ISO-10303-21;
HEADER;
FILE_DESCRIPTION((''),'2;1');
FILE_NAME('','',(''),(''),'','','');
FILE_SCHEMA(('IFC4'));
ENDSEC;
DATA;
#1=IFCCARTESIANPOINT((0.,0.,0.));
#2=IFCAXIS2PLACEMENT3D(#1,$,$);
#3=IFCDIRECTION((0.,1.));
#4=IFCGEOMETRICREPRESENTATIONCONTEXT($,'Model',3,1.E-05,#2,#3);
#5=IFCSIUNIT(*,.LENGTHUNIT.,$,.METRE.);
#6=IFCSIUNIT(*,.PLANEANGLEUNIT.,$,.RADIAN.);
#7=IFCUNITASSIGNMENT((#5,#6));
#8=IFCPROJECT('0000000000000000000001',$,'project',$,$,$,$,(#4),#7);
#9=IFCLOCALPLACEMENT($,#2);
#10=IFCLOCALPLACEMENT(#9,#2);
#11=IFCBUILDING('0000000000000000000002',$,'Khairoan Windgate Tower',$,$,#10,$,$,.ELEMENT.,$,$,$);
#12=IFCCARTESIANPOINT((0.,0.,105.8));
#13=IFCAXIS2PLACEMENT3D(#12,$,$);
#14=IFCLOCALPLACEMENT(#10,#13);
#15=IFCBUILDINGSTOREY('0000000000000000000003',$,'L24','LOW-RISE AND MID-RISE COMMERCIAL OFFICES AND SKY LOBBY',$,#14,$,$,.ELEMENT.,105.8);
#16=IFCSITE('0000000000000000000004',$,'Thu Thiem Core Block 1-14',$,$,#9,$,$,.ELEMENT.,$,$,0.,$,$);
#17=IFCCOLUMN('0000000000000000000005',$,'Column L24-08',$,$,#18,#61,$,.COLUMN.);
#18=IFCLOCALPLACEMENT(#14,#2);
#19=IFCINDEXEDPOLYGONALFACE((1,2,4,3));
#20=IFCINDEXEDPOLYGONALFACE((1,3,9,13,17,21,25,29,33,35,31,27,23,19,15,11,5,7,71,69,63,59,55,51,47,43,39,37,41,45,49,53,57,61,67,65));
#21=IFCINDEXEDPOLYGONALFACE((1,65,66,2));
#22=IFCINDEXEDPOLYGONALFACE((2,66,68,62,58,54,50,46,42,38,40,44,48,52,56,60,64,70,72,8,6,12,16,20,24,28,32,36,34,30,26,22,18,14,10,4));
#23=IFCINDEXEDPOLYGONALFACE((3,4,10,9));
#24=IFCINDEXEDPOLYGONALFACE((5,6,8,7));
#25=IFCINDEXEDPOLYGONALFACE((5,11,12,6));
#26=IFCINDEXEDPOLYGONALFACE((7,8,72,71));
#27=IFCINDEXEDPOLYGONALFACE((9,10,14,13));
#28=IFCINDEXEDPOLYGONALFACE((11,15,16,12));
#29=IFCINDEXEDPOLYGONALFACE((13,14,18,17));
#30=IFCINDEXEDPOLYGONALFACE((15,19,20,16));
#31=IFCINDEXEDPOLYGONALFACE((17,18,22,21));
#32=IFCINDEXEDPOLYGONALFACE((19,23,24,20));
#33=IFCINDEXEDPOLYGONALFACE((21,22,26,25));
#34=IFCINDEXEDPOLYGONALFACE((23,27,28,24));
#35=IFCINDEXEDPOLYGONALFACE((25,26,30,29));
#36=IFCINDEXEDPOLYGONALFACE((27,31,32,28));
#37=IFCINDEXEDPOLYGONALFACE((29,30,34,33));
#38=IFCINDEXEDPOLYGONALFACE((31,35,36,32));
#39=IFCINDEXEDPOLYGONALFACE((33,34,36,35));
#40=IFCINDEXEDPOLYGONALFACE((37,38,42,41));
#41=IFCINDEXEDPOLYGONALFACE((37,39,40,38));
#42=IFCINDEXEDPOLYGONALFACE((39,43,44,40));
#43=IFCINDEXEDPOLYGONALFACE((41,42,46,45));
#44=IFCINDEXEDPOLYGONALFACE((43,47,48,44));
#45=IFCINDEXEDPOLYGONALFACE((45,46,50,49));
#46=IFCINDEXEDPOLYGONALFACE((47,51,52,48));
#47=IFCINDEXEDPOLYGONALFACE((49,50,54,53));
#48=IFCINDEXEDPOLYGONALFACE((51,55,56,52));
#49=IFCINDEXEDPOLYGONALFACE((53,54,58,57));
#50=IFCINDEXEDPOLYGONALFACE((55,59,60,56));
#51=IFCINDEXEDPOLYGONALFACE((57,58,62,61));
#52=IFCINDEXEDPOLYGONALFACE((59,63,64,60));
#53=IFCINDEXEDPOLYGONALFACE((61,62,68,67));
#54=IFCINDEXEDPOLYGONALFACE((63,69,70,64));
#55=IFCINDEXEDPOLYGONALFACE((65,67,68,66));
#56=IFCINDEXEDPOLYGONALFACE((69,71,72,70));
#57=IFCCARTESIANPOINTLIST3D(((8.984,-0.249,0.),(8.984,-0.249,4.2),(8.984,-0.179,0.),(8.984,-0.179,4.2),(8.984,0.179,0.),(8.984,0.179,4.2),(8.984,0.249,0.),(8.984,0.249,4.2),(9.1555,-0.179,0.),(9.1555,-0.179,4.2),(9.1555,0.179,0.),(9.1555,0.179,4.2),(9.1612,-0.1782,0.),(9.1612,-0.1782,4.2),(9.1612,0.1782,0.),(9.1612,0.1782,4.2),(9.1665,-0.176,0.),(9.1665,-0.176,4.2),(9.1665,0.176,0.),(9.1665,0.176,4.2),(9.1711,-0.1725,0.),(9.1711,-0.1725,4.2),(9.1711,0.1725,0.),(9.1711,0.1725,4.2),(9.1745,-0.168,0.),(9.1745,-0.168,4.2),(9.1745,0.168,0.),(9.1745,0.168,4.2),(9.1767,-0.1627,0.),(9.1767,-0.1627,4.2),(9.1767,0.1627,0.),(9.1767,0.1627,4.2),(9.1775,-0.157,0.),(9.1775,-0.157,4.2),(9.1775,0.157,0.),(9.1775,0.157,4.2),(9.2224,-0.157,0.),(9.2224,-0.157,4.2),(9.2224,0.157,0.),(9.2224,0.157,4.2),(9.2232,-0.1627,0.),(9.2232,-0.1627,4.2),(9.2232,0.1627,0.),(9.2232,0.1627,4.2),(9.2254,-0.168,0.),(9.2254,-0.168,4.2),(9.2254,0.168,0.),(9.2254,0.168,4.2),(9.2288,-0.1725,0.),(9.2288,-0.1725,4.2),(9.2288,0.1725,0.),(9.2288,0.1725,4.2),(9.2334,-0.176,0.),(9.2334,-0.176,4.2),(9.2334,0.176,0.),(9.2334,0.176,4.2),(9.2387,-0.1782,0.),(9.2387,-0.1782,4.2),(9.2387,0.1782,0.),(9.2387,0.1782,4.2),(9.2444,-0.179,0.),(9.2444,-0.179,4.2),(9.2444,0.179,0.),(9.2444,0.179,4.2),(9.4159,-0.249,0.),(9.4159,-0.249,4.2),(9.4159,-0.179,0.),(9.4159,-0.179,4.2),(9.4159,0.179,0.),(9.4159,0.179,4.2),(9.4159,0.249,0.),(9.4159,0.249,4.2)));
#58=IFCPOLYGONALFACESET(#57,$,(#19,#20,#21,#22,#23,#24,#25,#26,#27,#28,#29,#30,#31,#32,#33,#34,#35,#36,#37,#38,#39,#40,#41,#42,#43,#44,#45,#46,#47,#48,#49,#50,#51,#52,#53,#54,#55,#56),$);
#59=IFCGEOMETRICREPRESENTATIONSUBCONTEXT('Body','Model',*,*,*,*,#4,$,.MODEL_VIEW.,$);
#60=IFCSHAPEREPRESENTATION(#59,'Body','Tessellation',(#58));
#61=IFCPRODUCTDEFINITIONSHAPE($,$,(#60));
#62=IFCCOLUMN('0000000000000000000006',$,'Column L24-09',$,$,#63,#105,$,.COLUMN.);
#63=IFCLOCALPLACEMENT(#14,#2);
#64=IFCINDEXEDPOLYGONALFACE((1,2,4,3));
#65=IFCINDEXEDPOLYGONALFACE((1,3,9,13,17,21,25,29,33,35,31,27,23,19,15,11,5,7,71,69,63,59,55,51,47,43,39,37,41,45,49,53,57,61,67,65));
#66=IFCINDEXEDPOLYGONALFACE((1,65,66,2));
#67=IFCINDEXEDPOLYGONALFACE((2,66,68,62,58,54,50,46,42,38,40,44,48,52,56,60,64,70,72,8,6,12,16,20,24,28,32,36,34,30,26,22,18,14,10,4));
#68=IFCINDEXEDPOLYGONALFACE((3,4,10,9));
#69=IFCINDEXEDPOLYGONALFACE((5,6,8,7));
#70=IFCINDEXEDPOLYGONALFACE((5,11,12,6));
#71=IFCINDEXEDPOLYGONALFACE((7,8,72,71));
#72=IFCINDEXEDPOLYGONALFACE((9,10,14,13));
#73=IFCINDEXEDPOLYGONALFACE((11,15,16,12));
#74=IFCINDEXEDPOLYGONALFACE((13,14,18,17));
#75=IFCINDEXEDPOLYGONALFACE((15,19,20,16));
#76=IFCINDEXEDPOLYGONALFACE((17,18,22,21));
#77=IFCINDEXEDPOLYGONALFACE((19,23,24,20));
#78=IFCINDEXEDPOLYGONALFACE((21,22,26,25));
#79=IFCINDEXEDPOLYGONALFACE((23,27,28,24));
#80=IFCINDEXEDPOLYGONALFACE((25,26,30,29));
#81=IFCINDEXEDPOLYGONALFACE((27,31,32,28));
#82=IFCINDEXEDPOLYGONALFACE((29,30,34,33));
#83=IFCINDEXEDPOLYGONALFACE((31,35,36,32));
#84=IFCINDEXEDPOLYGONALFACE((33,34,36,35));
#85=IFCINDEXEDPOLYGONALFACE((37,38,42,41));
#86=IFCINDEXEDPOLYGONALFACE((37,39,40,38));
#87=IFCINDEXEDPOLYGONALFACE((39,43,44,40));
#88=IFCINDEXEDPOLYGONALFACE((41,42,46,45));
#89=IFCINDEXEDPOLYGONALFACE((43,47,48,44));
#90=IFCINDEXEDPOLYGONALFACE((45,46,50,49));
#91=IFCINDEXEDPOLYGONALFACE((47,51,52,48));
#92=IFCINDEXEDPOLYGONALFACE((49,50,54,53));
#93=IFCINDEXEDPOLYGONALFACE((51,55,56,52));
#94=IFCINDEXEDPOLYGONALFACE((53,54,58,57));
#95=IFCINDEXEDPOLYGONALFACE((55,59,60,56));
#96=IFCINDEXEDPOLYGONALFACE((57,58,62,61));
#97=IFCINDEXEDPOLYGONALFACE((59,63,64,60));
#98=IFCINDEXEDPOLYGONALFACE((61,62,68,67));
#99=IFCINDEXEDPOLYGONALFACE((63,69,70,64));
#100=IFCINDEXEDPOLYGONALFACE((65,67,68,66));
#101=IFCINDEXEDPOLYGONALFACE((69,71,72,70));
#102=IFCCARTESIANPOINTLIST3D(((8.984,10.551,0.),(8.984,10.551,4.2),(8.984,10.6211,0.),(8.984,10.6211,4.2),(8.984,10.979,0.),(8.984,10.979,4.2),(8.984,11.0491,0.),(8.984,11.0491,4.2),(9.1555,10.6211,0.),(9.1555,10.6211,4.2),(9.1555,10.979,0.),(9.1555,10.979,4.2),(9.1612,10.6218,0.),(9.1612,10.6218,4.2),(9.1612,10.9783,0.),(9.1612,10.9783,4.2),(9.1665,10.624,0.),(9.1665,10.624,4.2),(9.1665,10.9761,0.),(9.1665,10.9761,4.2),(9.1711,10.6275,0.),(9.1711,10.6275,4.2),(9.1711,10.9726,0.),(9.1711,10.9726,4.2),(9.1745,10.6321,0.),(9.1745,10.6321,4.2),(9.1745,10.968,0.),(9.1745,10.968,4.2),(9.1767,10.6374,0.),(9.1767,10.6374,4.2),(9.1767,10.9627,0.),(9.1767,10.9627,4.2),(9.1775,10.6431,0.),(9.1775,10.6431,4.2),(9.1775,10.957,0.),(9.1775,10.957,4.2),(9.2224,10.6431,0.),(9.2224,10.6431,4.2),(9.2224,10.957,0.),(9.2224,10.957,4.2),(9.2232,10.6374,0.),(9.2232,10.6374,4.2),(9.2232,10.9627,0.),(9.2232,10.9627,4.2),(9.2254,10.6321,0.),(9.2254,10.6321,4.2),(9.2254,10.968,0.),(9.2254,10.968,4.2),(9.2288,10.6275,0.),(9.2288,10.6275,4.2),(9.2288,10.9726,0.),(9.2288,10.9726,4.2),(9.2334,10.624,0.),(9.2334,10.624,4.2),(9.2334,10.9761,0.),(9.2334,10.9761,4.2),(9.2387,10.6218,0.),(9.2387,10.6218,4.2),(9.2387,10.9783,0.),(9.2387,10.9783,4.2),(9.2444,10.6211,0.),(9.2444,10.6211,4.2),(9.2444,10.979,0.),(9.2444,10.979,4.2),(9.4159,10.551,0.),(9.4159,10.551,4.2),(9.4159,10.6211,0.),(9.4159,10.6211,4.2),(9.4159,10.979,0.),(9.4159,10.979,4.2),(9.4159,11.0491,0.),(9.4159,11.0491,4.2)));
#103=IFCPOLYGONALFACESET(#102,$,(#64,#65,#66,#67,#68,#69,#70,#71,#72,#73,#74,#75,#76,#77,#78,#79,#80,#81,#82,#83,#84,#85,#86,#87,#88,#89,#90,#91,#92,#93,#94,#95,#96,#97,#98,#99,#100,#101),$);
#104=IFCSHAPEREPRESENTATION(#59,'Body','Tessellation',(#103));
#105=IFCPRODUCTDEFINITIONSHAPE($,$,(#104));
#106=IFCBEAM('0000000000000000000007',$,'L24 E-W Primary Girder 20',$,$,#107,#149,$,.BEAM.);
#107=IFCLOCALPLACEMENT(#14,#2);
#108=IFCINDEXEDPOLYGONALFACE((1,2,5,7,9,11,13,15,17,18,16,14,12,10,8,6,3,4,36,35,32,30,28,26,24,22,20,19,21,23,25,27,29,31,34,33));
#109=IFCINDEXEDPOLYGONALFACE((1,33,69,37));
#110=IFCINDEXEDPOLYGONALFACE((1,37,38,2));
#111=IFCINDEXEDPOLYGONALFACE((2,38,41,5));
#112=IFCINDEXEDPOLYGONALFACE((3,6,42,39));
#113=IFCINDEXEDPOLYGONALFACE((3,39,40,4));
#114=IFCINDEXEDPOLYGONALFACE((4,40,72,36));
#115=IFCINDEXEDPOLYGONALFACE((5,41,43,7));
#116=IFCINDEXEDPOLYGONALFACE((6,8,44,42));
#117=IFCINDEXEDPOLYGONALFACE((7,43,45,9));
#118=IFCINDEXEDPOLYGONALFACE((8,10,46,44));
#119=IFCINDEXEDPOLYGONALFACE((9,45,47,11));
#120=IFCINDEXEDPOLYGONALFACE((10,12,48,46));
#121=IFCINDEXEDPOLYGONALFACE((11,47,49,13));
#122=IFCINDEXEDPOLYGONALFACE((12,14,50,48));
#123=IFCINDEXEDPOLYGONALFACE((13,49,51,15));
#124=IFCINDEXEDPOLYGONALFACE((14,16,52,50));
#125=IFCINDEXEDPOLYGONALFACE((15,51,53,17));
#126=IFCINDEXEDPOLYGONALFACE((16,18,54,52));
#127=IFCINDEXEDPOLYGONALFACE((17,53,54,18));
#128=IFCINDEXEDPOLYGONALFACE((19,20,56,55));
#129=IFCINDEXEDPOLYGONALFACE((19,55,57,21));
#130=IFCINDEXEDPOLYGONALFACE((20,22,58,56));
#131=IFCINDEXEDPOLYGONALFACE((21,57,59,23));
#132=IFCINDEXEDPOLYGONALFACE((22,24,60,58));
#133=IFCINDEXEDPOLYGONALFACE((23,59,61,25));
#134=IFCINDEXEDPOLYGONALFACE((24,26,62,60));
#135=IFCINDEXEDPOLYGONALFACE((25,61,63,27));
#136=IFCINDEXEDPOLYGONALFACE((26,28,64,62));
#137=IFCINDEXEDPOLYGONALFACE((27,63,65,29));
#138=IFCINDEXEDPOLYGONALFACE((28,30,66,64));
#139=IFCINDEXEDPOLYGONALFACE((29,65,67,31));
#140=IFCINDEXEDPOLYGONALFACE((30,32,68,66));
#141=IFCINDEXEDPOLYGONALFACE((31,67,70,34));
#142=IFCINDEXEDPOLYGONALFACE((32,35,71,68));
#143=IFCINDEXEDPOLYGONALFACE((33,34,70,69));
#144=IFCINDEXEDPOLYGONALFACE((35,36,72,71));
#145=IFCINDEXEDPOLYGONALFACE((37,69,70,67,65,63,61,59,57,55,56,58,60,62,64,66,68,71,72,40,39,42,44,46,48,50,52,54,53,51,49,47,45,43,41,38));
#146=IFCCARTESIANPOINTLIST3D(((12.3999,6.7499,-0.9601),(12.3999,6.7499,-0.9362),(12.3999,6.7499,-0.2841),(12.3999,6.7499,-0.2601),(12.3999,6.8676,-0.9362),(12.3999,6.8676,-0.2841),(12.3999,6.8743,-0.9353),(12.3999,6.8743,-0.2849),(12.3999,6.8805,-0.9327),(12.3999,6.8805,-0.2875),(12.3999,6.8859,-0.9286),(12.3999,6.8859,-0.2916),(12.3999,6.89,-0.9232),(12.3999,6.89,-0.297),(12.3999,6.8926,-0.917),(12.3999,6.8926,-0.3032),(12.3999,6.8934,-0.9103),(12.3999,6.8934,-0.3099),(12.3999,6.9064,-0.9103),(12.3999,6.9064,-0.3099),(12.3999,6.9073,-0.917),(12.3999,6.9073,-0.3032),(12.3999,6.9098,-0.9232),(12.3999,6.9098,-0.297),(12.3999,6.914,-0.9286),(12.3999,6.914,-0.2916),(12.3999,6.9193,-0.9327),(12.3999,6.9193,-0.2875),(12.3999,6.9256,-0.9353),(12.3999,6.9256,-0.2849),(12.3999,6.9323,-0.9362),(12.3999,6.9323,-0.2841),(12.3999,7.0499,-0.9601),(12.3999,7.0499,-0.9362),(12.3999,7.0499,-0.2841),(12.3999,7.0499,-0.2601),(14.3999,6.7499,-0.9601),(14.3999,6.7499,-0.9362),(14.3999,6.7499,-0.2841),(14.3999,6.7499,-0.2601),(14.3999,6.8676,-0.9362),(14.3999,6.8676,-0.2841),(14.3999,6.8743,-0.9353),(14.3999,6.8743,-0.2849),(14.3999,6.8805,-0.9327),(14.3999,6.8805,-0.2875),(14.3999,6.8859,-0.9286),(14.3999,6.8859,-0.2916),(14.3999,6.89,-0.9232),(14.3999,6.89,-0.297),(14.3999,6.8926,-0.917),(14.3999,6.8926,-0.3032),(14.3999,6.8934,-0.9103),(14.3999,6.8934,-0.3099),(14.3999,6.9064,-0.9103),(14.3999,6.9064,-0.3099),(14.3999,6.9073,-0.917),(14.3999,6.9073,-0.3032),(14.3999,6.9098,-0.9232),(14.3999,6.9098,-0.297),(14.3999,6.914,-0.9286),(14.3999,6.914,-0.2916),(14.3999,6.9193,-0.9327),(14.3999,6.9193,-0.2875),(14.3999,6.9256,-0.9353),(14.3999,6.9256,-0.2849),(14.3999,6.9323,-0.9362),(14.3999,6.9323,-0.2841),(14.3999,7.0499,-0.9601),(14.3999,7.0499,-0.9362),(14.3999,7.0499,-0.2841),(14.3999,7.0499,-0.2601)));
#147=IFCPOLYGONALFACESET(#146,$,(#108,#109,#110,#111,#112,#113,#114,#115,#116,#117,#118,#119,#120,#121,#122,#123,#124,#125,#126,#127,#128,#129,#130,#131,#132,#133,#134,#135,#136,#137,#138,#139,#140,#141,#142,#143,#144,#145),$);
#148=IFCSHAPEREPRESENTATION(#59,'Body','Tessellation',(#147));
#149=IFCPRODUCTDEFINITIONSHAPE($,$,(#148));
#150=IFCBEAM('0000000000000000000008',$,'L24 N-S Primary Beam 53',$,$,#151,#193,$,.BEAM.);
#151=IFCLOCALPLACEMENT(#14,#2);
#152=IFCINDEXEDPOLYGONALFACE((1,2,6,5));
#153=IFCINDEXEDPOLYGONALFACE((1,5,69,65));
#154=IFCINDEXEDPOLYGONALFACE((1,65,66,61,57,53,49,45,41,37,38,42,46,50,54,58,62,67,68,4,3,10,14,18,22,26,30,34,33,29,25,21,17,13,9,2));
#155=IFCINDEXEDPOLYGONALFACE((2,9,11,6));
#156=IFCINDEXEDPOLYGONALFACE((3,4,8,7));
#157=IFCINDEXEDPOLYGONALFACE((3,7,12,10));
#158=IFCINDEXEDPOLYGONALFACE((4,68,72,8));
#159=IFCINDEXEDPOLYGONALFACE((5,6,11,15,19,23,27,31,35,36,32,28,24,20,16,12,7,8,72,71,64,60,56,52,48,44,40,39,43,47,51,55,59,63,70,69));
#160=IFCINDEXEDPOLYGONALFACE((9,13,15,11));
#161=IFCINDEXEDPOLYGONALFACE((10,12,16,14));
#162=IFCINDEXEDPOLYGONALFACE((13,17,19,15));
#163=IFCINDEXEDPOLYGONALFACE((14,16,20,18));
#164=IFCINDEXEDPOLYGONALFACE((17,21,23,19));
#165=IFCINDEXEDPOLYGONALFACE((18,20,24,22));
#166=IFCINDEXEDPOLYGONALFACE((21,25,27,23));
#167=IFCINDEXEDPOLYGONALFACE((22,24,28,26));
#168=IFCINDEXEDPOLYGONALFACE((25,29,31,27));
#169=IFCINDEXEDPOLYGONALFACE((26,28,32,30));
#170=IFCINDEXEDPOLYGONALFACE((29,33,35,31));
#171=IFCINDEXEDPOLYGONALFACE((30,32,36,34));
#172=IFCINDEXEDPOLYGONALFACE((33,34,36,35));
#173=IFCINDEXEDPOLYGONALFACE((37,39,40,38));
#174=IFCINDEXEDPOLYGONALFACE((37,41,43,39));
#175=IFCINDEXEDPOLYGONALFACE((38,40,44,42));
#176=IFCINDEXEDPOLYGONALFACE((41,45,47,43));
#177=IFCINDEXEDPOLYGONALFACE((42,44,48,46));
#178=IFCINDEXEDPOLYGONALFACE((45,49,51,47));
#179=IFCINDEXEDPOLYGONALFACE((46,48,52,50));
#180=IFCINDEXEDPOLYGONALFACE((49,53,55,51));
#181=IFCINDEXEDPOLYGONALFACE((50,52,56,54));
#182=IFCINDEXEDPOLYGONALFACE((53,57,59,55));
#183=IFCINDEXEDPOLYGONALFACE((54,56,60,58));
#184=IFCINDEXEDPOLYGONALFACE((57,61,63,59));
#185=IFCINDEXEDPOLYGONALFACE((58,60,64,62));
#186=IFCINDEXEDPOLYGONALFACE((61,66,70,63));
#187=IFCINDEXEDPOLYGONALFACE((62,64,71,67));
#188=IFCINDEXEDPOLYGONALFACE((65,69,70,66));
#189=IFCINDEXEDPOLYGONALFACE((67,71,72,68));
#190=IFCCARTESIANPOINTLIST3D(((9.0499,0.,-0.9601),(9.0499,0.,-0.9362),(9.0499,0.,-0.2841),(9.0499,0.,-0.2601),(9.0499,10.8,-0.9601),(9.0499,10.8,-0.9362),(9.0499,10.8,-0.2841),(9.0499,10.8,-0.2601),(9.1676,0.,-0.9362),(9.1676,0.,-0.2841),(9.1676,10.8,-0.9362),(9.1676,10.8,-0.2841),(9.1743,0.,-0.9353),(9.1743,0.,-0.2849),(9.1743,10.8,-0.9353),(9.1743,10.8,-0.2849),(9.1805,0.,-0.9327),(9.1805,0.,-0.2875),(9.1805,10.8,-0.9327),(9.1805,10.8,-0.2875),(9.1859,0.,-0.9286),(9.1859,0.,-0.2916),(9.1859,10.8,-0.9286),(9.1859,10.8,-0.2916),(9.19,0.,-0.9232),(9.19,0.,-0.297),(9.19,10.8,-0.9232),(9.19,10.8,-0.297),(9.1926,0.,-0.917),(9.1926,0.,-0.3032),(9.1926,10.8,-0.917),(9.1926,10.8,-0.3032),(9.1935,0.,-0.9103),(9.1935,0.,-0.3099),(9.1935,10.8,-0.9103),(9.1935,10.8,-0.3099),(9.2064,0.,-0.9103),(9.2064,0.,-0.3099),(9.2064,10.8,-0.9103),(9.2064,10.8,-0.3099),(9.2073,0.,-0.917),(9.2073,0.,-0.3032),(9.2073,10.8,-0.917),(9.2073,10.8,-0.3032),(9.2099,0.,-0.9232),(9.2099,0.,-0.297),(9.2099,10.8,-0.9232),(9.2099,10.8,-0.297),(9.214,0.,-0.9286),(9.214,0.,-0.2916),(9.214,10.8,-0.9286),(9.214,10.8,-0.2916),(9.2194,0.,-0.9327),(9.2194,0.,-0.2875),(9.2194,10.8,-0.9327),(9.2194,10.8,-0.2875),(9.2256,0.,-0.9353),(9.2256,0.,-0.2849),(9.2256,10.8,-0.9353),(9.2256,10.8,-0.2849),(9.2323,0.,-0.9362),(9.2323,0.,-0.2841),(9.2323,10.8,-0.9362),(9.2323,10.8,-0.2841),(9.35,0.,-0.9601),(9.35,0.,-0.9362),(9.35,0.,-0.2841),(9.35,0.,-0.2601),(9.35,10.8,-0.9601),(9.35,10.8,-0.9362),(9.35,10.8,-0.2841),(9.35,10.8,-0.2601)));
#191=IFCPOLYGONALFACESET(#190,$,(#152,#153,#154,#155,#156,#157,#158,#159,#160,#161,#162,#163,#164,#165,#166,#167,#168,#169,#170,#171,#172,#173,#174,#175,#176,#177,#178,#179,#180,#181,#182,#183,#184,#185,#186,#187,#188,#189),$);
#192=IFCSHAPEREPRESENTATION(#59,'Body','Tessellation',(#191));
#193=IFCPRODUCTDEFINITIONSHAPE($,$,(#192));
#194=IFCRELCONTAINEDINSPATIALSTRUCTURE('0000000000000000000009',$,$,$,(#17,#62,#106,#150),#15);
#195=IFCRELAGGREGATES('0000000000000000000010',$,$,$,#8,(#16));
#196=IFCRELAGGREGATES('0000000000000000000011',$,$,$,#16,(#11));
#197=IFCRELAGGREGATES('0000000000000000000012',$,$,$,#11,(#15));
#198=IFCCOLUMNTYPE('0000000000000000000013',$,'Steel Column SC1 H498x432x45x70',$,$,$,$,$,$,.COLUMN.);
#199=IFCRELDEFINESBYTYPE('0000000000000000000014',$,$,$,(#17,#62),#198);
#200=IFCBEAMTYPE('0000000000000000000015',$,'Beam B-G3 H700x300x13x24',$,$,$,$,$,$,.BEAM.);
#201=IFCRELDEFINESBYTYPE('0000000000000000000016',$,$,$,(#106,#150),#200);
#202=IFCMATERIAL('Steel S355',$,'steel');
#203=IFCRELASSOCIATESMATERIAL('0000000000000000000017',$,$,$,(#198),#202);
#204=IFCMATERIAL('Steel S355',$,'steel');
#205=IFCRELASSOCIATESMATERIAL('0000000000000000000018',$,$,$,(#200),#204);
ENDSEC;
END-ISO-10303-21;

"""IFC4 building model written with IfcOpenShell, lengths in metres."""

from ifc_helpers import new_model, si_unit, direction, frame, origin, origin_2d, place, context, subcontext, project, spatial, i_section, extrude, material, material_profile, profile_set, type_object, element, save


model = new_model("IFC4")

# Units and contexts
model_context = context("Model", 3, precision=1e-05, world=origin(), true_north=direction((0.0, 1.0)))
body_context = subcontext(model_context, "Body", "Model", "MODEL_VIEW")
ifc_project = project(units=[si_unit("LENGTHUNIT", "METRE"), si_unit("PLANEANGLEUNIT", "RADIAN")], contexts=[model_context])

# Site, building, storey
site_placement = place(None, origin())
site = spatial("IfcSite", under=ifc_project, at=site_placement, Name="Thu Thiem Core Block 1-14", CompositionType="ELEMENT", RefElevation=0.0)
building_placement = place(site_placement, origin())
building = spatial("IfcBuilding", under=site, at=building_placement, Name="Khairoan Windgate Tower", CompositionType="ELEMENT")
storey_placement = place(building_placement, frame((0.0, 0.0, 105.8)))
storey = spatial("IfcBuildingStorey", under=building, at=storey_placement, Name="L24", Description="LOW-RISE AND MID-RISE COMMERCIAL OFFICES AND SKY LOBBY", CompositionType="ELEMENT", Elevation=105.8)

# Columns
ifc_material_1 = material(Name="Steel S355", Category="steel")
ifc_material_profile_1 = material_profile(ifc_material_1, i_section(OverallWidth=0.4319, OverallDepth=0.498, WebThickness=0.0449, FlangeThickness=0.0701, FilletRadius=0.022, at=origin_2d()))
ifc_profile_set_1 = profile_set([ifc_material_profile_1], Name="Steel S355")
column_type = type_object("IfcColumnType", Name="Steel Column SC1 H498x432x45x70", PredefinedType="COLUMN", material=ifc_profile_set_1)
for number, where, z_axis, x_axis, name in (
    (1, (9.2, 0.0, 0.0), (0.0, 0.0, 1.0), (1.0, 0.0, 0.0), "Column L24-08"),
    (2, (9.2, 10.8, 0.0), (0.0, 0.0, 1.0), (1.0, 0.0, 0.0), "Column L24-09"),
):
    element("IfcColumn", number, at=place(storey_placement, frame(where, z_axis=z_axis, x_axis=x_axis)), inside=storey, type_object=column_type, Name=name, PredefinedType="COLUMN", context=body_context, shape_type="SweptSolid", body=[
        extrude(i_section(OverallWidth=0.4319, OverallDepth=0.498, WebThickness=0.0449, FlangeThickness=0.0701, FilletRadius=0.022, at=origin_2d()), origin(), (0.0, 0.0, 1.0), 4.2),
    ])

# Beams
ifc_material_2 = material(Name="Steel S355", Category="steel")
ifc_material_profile_2 = material_profile(ifc_material_2, i_section(OverallWidth=0.3, OverallDepth=0.7, WebThickness=0.0129, FlangeThickness=0.0239, FilletRadius=0.0259, at=origin_2d()))
ifc_profile_set_2 = profile_set([ifc_material_profile_2], Name="Steel S355")
beam_type_1 = type_object("IfcBeamType", Name="Beam B-G3 H700x300x13x24", PredefinedType="BEAM", material=ifc_profile_set_2)
beam_1_placement = place(storey_placement, frame((12.3999, 6.8999, -0.6101), z_axis=(1.0, 0.0, 0.0), x_axis=(0.0, 1.0, 0.0)))
element("IfcBeam", 3, at=beam_1_placement, inside=storey, type_object=beam_type_1, Name="L24 E-W Primary Girder 20", PredefinedType="BEAM", context=body_context, shape_type="SweptSolid", body=[
    extrude(i_section(OverallWidth=0.3, OverallDepth=0.7, WebThickness=0.0129, FlangeThickness=0.0239, FilletRadius=0.0259, at=origin_2d()), origin(), (0.0, 0.0, 1.0), 2.0),
])
beam_2_placement = place(storey_placement, frame((9.2, 0.0, -0.6101), z_axis=(0.0, 1.0, 0.0), x_axis=(-1.0, 0.0, 0.0)))
element("IfcBeam", 4, at=beam_2_placement, inside=storey, type_object=beam_type_1, Name="L24 N-S Primary Beam 53", PredefinedType="BEAM", context=body_context, shape_type="SweptSolid", body=[
    extrude(i_section(OverallWidth=0.3, OverallDepth=0.7, WebThickness=0.0129, FlangeThickness=0.0239, FilletRadius=0.0259, at=origin_2d()), origin(), (0.0, 0.0, 1.0), 10.8),
])

save(model, "model.ifc")
